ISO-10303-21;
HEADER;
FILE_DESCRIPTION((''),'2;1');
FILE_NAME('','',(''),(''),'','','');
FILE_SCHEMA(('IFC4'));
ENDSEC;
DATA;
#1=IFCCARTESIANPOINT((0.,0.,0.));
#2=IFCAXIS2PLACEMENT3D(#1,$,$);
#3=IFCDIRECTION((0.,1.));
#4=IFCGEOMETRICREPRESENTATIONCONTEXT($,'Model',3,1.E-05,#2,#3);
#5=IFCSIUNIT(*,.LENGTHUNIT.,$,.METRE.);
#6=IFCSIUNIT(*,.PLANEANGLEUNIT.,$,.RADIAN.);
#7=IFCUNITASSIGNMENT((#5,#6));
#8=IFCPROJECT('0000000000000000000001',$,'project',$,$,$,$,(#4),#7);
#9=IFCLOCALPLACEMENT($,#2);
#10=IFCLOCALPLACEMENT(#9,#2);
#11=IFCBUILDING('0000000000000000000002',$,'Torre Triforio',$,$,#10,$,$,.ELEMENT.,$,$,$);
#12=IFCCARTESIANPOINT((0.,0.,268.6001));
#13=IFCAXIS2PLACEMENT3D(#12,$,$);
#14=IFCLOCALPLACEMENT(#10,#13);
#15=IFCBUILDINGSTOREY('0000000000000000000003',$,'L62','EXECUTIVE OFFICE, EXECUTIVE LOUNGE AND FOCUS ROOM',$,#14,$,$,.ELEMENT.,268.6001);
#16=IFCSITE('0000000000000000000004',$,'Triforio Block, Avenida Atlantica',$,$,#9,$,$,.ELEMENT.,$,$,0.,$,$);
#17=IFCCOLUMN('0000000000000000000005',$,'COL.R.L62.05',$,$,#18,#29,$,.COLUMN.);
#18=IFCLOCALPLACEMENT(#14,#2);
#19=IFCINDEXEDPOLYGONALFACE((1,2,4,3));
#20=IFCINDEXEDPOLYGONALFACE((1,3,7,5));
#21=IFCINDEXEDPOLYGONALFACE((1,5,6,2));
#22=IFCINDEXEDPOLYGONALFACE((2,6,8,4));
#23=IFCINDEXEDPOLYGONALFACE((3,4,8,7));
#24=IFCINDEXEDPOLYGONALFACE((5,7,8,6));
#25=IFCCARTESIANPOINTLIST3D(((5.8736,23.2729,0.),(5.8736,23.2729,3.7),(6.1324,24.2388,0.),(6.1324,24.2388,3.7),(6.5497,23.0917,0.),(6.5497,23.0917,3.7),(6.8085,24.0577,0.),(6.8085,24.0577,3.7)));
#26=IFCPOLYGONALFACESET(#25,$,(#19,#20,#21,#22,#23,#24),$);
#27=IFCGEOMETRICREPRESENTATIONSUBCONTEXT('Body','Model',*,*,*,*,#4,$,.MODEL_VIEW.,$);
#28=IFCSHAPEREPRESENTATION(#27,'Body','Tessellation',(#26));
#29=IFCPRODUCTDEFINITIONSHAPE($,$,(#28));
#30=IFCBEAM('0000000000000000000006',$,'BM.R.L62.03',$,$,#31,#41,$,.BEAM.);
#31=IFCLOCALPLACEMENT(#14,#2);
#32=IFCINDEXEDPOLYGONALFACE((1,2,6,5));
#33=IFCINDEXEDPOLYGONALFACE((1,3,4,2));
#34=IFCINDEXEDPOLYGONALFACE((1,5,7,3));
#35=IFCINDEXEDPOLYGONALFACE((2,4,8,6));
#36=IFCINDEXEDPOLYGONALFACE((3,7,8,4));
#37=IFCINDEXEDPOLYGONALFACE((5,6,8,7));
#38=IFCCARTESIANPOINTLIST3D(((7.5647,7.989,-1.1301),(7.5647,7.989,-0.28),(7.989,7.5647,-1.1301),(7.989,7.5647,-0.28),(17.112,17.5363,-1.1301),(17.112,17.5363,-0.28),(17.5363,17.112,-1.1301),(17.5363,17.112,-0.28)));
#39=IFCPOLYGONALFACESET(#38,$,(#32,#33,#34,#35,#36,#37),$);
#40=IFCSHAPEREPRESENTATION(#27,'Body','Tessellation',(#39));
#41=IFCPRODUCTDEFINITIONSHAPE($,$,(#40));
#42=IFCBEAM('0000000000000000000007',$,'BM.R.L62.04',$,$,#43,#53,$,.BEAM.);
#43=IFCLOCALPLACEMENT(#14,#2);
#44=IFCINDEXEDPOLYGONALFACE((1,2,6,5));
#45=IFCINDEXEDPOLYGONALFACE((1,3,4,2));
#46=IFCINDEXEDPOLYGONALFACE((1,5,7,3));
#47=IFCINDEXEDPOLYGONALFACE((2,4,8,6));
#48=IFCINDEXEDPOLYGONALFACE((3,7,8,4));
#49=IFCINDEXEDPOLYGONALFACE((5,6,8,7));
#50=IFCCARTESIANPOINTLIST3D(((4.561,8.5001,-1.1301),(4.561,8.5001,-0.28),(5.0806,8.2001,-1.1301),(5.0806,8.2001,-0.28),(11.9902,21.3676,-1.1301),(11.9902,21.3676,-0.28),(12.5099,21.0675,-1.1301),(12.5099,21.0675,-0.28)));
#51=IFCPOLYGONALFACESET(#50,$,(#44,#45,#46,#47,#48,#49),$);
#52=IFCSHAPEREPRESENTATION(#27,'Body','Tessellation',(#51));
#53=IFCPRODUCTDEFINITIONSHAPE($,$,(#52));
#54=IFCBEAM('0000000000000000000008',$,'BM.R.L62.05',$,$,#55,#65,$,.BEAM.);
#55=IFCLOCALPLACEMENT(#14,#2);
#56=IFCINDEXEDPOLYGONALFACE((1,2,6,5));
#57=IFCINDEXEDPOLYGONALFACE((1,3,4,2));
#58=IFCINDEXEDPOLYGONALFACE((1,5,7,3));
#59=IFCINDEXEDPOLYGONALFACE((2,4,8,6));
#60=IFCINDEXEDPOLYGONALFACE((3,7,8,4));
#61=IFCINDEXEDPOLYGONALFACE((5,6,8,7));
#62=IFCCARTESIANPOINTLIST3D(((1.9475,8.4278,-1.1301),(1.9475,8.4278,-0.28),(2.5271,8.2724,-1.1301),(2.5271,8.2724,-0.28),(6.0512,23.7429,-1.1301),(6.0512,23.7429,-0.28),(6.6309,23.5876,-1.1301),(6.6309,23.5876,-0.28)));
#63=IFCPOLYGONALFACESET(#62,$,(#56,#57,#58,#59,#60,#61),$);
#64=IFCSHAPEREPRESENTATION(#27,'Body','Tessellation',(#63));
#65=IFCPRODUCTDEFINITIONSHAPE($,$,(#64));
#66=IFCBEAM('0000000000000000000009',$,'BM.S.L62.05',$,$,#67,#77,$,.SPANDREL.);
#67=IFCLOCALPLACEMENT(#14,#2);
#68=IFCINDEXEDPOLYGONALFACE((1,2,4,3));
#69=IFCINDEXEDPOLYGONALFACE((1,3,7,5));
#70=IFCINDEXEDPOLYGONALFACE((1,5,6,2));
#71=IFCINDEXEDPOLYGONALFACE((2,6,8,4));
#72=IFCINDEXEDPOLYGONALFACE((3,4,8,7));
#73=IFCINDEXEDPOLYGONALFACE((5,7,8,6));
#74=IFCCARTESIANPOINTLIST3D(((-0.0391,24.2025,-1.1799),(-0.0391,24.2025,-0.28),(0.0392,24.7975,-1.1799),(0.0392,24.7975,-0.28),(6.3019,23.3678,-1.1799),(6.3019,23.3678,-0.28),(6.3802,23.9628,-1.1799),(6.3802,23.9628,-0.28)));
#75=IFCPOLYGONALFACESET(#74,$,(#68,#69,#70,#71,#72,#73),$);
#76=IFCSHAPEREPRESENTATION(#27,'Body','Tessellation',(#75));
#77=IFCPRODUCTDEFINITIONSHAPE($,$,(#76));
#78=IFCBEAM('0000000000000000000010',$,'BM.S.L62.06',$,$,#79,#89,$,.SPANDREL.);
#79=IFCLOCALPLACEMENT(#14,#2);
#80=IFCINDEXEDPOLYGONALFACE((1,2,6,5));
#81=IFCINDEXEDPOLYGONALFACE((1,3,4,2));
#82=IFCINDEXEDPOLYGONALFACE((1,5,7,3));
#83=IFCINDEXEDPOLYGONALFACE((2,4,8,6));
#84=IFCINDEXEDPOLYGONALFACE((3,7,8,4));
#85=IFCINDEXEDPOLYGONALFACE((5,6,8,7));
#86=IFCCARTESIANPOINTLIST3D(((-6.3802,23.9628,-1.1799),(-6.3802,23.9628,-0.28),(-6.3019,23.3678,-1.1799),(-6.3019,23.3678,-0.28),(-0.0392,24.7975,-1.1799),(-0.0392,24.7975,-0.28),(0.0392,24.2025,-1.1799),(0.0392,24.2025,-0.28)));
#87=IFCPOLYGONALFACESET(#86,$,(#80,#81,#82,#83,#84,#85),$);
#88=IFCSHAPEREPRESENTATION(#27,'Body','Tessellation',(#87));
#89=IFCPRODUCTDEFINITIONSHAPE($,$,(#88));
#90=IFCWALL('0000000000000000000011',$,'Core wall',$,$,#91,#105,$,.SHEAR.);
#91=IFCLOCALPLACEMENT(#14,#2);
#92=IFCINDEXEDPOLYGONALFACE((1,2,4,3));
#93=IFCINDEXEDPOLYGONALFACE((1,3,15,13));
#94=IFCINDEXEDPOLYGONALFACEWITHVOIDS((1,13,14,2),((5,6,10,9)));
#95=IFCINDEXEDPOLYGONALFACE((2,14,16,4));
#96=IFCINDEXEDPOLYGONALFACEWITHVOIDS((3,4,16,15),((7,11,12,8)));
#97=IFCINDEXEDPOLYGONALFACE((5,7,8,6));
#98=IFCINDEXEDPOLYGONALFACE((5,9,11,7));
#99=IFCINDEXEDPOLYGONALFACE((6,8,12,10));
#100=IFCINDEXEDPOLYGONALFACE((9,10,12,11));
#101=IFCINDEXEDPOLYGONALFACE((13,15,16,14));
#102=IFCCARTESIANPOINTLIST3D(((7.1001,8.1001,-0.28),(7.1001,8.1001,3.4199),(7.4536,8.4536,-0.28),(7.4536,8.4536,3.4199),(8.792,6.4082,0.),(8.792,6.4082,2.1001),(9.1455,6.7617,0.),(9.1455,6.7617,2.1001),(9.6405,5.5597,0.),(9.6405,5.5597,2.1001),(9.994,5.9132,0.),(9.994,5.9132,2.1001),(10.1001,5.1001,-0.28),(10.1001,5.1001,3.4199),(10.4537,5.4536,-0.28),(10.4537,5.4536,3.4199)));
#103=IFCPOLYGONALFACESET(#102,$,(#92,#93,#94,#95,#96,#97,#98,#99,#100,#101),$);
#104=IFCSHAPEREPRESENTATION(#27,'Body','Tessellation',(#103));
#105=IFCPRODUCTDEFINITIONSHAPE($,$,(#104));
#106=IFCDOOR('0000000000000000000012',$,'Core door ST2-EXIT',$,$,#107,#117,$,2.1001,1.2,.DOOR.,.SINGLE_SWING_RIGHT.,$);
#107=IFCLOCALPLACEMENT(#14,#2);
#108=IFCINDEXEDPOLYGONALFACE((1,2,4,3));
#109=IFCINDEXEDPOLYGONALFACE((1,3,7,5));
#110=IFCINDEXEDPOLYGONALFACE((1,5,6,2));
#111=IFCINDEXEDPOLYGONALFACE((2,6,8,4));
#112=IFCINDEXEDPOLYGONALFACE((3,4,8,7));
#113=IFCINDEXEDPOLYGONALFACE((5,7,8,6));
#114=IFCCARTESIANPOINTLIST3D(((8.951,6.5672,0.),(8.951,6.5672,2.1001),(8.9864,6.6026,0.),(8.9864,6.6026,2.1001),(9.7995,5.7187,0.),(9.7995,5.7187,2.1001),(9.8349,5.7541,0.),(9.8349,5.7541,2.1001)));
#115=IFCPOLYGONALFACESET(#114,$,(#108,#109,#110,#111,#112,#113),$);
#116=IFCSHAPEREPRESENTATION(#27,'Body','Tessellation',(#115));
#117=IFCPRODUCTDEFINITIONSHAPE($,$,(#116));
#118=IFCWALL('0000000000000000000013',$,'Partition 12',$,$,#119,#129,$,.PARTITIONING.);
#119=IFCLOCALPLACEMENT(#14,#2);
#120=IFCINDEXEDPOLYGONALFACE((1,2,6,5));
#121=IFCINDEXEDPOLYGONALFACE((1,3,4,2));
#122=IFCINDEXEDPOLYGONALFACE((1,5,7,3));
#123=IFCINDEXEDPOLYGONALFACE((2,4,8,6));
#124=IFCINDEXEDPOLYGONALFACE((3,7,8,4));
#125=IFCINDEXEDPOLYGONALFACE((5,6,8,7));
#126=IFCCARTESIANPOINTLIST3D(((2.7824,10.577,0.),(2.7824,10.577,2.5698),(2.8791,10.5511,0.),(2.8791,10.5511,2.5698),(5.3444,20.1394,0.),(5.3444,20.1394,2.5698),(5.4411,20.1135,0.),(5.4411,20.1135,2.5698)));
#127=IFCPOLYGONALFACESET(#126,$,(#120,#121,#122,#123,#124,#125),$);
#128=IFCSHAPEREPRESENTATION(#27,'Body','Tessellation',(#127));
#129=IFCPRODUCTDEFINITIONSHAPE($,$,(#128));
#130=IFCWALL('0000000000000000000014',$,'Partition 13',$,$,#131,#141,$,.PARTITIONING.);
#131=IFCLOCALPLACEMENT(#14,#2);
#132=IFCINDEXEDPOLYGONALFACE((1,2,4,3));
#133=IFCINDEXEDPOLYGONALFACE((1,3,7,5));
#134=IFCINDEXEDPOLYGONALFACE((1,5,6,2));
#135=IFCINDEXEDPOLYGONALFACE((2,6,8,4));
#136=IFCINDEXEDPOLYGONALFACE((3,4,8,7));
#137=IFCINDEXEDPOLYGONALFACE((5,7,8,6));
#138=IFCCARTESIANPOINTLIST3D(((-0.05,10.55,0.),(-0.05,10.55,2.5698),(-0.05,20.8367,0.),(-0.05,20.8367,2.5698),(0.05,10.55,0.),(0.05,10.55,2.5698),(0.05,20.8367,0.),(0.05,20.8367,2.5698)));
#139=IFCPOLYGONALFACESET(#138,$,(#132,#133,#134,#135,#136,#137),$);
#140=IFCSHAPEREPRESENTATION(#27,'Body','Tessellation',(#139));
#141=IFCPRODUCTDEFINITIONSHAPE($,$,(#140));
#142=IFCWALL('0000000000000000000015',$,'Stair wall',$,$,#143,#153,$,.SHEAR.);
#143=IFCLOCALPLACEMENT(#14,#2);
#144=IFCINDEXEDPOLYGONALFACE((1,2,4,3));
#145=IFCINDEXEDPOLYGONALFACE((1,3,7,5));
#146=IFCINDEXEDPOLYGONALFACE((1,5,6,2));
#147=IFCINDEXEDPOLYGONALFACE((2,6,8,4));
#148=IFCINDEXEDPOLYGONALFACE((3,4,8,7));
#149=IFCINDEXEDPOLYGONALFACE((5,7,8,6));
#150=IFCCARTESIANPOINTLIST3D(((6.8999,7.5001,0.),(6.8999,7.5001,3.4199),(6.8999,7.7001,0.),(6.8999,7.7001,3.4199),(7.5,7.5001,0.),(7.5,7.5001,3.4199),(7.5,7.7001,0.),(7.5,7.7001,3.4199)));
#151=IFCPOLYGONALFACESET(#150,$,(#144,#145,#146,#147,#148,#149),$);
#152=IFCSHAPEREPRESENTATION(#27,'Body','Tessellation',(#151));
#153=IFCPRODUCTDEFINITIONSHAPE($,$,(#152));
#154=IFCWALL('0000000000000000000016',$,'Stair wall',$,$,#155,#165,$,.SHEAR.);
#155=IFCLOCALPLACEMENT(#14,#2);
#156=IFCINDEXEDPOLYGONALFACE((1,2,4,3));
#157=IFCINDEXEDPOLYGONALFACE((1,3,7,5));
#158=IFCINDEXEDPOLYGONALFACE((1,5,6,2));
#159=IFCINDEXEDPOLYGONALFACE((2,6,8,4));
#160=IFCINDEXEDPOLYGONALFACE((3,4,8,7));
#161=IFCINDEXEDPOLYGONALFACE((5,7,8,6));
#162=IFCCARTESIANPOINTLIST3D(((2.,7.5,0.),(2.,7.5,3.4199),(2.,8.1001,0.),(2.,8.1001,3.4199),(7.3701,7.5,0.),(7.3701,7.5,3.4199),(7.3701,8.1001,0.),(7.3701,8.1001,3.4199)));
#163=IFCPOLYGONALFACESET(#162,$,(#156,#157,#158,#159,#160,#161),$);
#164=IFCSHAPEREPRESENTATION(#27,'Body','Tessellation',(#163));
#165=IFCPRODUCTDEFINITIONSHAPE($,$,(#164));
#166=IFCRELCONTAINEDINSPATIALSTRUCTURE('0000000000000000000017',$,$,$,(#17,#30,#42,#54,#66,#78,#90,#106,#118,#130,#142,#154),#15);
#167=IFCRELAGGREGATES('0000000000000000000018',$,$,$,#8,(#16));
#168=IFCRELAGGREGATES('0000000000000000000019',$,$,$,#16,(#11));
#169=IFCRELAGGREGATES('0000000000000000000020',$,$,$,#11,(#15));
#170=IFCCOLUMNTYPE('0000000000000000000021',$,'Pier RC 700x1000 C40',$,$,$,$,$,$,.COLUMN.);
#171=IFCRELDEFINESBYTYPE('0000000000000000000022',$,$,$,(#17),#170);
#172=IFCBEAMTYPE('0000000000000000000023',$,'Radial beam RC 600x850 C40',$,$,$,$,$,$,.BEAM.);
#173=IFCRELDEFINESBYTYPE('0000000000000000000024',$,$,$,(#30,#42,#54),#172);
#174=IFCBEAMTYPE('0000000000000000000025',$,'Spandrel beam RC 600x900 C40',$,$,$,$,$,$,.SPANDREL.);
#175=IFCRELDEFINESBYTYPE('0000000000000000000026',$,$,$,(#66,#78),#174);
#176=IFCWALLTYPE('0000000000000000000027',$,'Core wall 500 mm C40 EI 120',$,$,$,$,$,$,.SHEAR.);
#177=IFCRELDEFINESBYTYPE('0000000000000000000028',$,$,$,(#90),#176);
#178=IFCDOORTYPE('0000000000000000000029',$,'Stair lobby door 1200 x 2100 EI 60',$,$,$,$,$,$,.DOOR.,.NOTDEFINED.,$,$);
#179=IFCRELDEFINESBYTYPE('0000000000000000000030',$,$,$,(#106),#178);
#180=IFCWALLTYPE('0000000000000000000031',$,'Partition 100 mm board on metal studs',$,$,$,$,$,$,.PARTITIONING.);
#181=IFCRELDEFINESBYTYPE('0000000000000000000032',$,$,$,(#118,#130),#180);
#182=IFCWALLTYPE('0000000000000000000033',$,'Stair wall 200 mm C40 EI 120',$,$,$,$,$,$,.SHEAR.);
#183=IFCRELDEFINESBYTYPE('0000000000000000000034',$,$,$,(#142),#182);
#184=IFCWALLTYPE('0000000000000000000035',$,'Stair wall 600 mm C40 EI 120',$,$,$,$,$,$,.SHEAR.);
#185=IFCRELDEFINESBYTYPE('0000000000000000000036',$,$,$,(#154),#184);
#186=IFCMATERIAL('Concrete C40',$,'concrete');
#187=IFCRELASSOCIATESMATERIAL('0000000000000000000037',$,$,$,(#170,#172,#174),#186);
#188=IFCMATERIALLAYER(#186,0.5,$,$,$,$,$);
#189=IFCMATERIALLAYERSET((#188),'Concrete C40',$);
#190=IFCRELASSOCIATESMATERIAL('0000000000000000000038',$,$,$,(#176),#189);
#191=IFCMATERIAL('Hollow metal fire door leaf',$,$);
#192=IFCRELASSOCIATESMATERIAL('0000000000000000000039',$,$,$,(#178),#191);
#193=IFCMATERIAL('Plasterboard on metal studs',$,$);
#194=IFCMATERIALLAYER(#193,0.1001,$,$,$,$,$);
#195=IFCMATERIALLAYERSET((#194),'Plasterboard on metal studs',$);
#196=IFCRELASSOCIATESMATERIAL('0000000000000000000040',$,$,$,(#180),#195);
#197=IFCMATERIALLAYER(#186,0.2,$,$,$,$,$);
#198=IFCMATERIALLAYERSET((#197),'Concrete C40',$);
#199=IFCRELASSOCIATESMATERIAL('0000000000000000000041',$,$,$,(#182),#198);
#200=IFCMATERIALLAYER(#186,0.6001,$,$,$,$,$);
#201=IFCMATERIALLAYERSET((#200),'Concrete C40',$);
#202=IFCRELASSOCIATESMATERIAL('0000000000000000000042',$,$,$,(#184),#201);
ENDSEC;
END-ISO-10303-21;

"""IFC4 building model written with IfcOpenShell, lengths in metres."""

from ifc_helpers import new_model, si_unit, direction, frame, frame_2d, origin, origin_2d, place, context, subcontext, project, spatial, rectangle, extrude, material, layer, layer_set, material_profile, profile_set, type_object, element, fill, save


model = new_model("IFC4")

# Units and contexts
model_context = context("Model", 3, precision=1e-05, world=origin(), true_north=direction((0.0, 1.0)))
body_context = subcontext(model_context, "Body", "Model", "MODEL_VIEW")
ifc_project = project(units=[si_unit("LENGTHUNIT", "METRE"), si_unit("PLANEANGLEUNIT", "RADIAN")], contexts=[model_context])

# Site, building, storey
site_placement = place(None, origin())
site = spatial("IfcSite", under=ifc_project, at=site_placement, Name="Triforio Block, Avenida Atlantica", CompositionType="ELEMENT", RefElevation=0.0)
building_placement = place(site_placement, origin())
building = spatial("IfcBuilding", under=site, at=building_placement, Name="Torre Triforio", CompositionType="ELEMENT")
storey_placement = place(building_placement, frame((0.0, 0.0, 268.6001)))
storey = spatial("IfcBuildingStorey", under=building, at=storey_placement, Name="L62", Description="EXECUTIVE OFFICE, EXECUTIVE LOUNGE AND FOCUS ROOM", CompositionType="ELEMENT", Elevation=268.6001)

# Column
ifc_material_1 = material(Name="Concrete C40", Category="concrete")
ifc_material_profile_1 = material_profile(ifc_material_1, rectangle(XDim=0.7, YDim=1.0, at=origin_2d()), Name="RC 700x1000")
ifc_profile_set_1 = profile_set([ifc_material_profile_1], Name="Concrete C40")
column_type = type_object("IfcColumnType", Name="Pier RC 700x1000 C40", PredefinedType="COLUMN", material=ifc_profile_set_1)
column_placement = place(storey_placement, frame((6.3411, 23.6653, 0.0), z_axis=(0.0, 0.0, 1.0), x_axis=(-0.965926, 0.258819, 0.0)))
element("IfcColumn", 1, at=column_placement, inside=storey, type_object=column_type, Name="COL.R.L62.05", PredefinedType="COLUMN", context=body_context, shape_type="SweptSolid", body=[
    extrude(rectangle(XDim=0.7, YDim=1.0, at=origin_2d()), origin(), (0.0, 0.0, 1.0), 3.7),
])

# Beams
ifc_material_profile_2 = material_profile(ifc_material_1, rectangle(XDim=0.6001, YDim=0.8501, at=origin_2d()), Name="RC 600x850")
ifc_profile_set_2 = profile_set([ifc_material_profile_2], Name="Concrete C40")
beam_type_1 = type_object("IfcBeamType", Name="Radial beam RC 600x850 C40", PredefinedType="BEAM", material=ifc_profile_set_2)
beam_1_placement = place(storey_placement, frame((7.7769, 7.7769, -0.7051), z_axis=(0.707107, 0.707107, 0.0), x_axis=(-0.707107, 0.707107, 0.0)))
element("IfcBeam", 2, at=beam_1_placement, inside=storey, type_object=beam_type_1, Name="BM.R.L62.03", PredefinedType="BEAM", context=body_context, shape_type="SweptSolid", body=[
    extrude(rectangle(XDim=0.6001, YDim=0.8501, at=origin_2d()), origin(), (0.0, 0.0, 1.0), 13.502),
])
beam_2_placement = place(storey_placement, frame((4.8208, 8.3501, -0.7051), z_axis=(0.500009, 0.86602, 0.0), x_axis=(-0.86602, 0.500009, 0.0)))
element("IfcBeam", 3, at=beam_2_placement, inside=storey, type_object=beam_type_1, Name="BM.R.L62.04", PredefinedType="BEAM", context=body_context, shape_type="SweptSolid", body=[
    extrude(rectangle(XDim=0.6001, YDim=0.8501, at=origin_2d()), origin(), (0.0, 0.0, 1.0), 14.8582),
])
beam_3_placement = place(storey_placement, frame((2.2373, 8.3501, -0.7051), z_axis=(0.258823, 0.965925, 0.0), x_axis=(-0.965925, 0.258823, 0.0)))
element("IfcBeam", 4, at=beam_3_placement, inside=storey, type_object=beam_type_1, Name="BM.R.L62.05", PredefinedType="BEAM", context=body_context, shape_type="SweptSolid", body=[
    extrude(rectangle(XDim=0.6001, YDim=0.8501, at=origin_2d()), origin(), (0.0, 0.0, 1.0), 15.8555),
])
ifc_material_profile_3 = material_profile(ifc_material_1, rectangle(XDim=0.6001, YDim=0.8999, at=origin_2d()), Name="RC 600x900")
ifc_profile_set_3 = profile_set([ifc_material_profile_3], Name="Concrete C40")
beam_type_2 = type_object("IfcBeamType", Name="Spandrel beam RC 600x900 C40", PredefinedType="SPANDREL", material=ifc_profile_set_3)
for number, where, z_axis, x_axis, name in (
    (5, (6.3411, 23.6653, -0.73), (-0.991447, 0.130511, 0.0), (-0.130511, -0.991447, 0.0), "BM.S.L62.05"),
    (6, (0.0, 24.5, -0.73), (-0.991447, -0.130511, 0.0), (0.130511, -0.991447, 0.0), "BM.S.L62.06"),
):
    element("IfcBeam", number, at=place(storey_placement, frame(where, z_axis=z_axis, x_axis=x_axis)), inside=storey, type_object=beam_type_2, Name=name, PredefinedType="SPANDREL", context=body_context, shape_type="SweptSolid", body=[
        extrude(rectangle(XDim=0.6001, YDim=0.8999, at=origin_2d()), origin(), (0.0, 0.0, 1.0), 6.3958),
    ])

# Wall, opening, door
ifc_layer_1 = layer(ifc_material_1, 0.5)
ifc_layer_set_1 = layer_set([ifc_layer_1], Name="Concrete C40")
wall_type_1 = type_object("IfcWallType", Name="Core wall 500 mm C40 EI 120", PredefinedType="SHEAR", material=ifc_layer_set_1)
wall_1_placement = place(storey_placement, frame((7.2769, 8.2769, -0.28), z_axis=(0.0, 0.0, 1.0), x_axis=(0.707107, -0.707107, 0.0)))
wall_1 = element("IfcWall", 7, at=wall_1_placement, inside=storey, type_object=wall_type_1, Name="Core wall", PredefinedType="SHEAR", context=body_context, shape_type="SweptSolid", body=[
    extrude(rectangle(XDim=4.2427, YDim=0.5, at=frame_2d((2.1213, 0.0))), origin(), (0.0, 0.0, 1.0), 3.7),
])
opening_1_placement = place(wall_1_placement, frame((2.3926, 0.0, 0.28)))
opening_1 = element("IfcOpeningElement", 8, at=opening_1_placement, cuts=wall_1, PredefinedType="OPENING", context=body_context, shape_type="SweptSolid", body=[
    extrude(rectangle(XDim=1.2, YDim=2.1001, at=frame_2d((0.6001, 1.05))), frame((0.0, 0.26, 0.0), z_axis=(0.0, -1.0, 0.0), x_axis=(1.0, 0.0, 0.0)), (0.0, 0.0, 1.0), 0.52),
])
ifc_material_2 = material(Name="Hollow metal fire door leaf")
door_type_1 = type_object("IfcDoorType", Name="Stair lobby door 1200 x 2100 EI 60", OperationType="NOTDEFINED", PredefinedType="DOOR", material=ifc_material_2)
door_1_placement = place(opening_1_placement, origin())
door_1 = element("IfcDoor", 9, at=door_1_placement, inside=storey, type_object=door_type_1, Name="Core door ST2-EXIT", OperationType="SINGLE_SWING_RIGHT", OverallHeight=2.1001, OverallWidth=1.2, PredefinedType="DOOR", context=body_context, shape_type="SweptSolid", body=[
    extrude(rectangle(XDim=1.2, YDim=2.1001, at=frame_2d((0.6001, 1.05))), frame((0.0, 0.0249, 0.0), z_axis=(0.0, -1.0, 0.0), x_axis=(1.0, 0.0, 0.0)), (0.0, 0.0, 1.0), 0.05),
])
fill(opening_1, door_1)

# Walls
ifc_material_3 = material(Name="Plasterboard on metal studs")
ifc_layer_2 = layer(ifc_material_3, 0.1001)
ifc_layer_set_2 = layer_set([ifc_layer_2], Name="Plasterboard on metal studs")
wall_type_2 = type_object("IfcWallType", Name="Partition 100 mm board on metal studs", PredefinedType="PARTITIONING", material=ifc_layer_set_2)
wall_2_placement = place(storey_placement, frame((2.8308, 10.5642, 0.0), z_axis=(0.0, 0.0, 1.0), x_axis=(0.258795, 0.965932, 0.0)))
element("IfcWall", 10, at=wall_2_placement, inside=storey, type_object=wall_type_2, Name="Partition 12", PredefinedType="PARTITIONING", context=body_context, shape_type="SweptSolid", body=[
    extrude(rectangle(XDim=9.8997, YDim=0.1001, at=frame_2d((4.9497, 0.0))), origin(), (0.0, 0.0, 1.0), 2.5698),
])
wall_3_placement = place(storey_placement, frame((0.0, 10.55, 0.0), z_axis=(0.0, 0.0, 1.0), x_axis=(0.0, 1.0, 0.0)))
element("IfcWall", 11, at=wall_3_placement, inside=storey, type_object=wall_type_2, Name="Partition 13", PredefinedType="PARTITIONING", context=body_context, shape_type="SweptSolid", body=[
    extrude(rectangle(XDim=10.2866, YDim=0.1001, at=frame_2d((5.1433, 0.0))), origin(), (0.0, 0.0, 1.0), 2.5698),
])
ifc_layer_3 = layer(ifc_material_1, 0.2)
ifc_layer_set_3 = layer_set([ifc_layer_3], Name="Concrete C40")
wall_type_3 = type_object("IfcWallType", Name="Stair wall 200 mm C40 EI 120", PredefinedType="SHEAR", material=ifc_layer_set_3)
wall_4_placement = place(storey_placement, frame((6.8999, 7.6001, 0.0), z_axis=(0.0, 0.0, 1.0), x_axis=(1.0, 0.0, 0.0)))
element("IfcWall", 12, at=wall_4_placement, inside=storey, type_object=wall_type_3, Name="Stair wall", PredefinedType="SHEAR", context=body_context, shape_type="SweptSolid", body=[
    extrude(rectangle(XDim=0.6001, YDim=0.2, at=frame_2d((0.3, 0.0))), origin(), (0.0, 0.0, 1.0), 3.4199),
])
ifc_layer_4 = layer(ifc_material_1, 0.6001)
ifc_layer_set_4 = layer_set([ifc_layer_4], Name="Concrete C40")
wall_type_4 = type_object("IfcWallType", Name="Stair wall 600 mm C40 EI 120", PredefinedType="SHEAR", material=ifc_layer_set_4)
wall_5_placement = place(storey_placement, frame((2.0, 7.8, 0.0), z_axis=(0.0, 0.0, 1.0), x_axis=(1.0, 0.0, 0.0)))
element("IfcWall", 13, at=wall_5_placement, inside=storey, type_object=wall_type_4, Name="Stair wall", PredefinedType="SHEAR", context=body_context, shape_type="SweptSolid", body=[
    extrude(rectangle(XDim=5.3701, YDim=0.6001, at=frame_2d((2.6851, 0.0))), origin(), (0.0, 0.0, 1.0), 3.4199),
])

save(model, "model.ifc")
